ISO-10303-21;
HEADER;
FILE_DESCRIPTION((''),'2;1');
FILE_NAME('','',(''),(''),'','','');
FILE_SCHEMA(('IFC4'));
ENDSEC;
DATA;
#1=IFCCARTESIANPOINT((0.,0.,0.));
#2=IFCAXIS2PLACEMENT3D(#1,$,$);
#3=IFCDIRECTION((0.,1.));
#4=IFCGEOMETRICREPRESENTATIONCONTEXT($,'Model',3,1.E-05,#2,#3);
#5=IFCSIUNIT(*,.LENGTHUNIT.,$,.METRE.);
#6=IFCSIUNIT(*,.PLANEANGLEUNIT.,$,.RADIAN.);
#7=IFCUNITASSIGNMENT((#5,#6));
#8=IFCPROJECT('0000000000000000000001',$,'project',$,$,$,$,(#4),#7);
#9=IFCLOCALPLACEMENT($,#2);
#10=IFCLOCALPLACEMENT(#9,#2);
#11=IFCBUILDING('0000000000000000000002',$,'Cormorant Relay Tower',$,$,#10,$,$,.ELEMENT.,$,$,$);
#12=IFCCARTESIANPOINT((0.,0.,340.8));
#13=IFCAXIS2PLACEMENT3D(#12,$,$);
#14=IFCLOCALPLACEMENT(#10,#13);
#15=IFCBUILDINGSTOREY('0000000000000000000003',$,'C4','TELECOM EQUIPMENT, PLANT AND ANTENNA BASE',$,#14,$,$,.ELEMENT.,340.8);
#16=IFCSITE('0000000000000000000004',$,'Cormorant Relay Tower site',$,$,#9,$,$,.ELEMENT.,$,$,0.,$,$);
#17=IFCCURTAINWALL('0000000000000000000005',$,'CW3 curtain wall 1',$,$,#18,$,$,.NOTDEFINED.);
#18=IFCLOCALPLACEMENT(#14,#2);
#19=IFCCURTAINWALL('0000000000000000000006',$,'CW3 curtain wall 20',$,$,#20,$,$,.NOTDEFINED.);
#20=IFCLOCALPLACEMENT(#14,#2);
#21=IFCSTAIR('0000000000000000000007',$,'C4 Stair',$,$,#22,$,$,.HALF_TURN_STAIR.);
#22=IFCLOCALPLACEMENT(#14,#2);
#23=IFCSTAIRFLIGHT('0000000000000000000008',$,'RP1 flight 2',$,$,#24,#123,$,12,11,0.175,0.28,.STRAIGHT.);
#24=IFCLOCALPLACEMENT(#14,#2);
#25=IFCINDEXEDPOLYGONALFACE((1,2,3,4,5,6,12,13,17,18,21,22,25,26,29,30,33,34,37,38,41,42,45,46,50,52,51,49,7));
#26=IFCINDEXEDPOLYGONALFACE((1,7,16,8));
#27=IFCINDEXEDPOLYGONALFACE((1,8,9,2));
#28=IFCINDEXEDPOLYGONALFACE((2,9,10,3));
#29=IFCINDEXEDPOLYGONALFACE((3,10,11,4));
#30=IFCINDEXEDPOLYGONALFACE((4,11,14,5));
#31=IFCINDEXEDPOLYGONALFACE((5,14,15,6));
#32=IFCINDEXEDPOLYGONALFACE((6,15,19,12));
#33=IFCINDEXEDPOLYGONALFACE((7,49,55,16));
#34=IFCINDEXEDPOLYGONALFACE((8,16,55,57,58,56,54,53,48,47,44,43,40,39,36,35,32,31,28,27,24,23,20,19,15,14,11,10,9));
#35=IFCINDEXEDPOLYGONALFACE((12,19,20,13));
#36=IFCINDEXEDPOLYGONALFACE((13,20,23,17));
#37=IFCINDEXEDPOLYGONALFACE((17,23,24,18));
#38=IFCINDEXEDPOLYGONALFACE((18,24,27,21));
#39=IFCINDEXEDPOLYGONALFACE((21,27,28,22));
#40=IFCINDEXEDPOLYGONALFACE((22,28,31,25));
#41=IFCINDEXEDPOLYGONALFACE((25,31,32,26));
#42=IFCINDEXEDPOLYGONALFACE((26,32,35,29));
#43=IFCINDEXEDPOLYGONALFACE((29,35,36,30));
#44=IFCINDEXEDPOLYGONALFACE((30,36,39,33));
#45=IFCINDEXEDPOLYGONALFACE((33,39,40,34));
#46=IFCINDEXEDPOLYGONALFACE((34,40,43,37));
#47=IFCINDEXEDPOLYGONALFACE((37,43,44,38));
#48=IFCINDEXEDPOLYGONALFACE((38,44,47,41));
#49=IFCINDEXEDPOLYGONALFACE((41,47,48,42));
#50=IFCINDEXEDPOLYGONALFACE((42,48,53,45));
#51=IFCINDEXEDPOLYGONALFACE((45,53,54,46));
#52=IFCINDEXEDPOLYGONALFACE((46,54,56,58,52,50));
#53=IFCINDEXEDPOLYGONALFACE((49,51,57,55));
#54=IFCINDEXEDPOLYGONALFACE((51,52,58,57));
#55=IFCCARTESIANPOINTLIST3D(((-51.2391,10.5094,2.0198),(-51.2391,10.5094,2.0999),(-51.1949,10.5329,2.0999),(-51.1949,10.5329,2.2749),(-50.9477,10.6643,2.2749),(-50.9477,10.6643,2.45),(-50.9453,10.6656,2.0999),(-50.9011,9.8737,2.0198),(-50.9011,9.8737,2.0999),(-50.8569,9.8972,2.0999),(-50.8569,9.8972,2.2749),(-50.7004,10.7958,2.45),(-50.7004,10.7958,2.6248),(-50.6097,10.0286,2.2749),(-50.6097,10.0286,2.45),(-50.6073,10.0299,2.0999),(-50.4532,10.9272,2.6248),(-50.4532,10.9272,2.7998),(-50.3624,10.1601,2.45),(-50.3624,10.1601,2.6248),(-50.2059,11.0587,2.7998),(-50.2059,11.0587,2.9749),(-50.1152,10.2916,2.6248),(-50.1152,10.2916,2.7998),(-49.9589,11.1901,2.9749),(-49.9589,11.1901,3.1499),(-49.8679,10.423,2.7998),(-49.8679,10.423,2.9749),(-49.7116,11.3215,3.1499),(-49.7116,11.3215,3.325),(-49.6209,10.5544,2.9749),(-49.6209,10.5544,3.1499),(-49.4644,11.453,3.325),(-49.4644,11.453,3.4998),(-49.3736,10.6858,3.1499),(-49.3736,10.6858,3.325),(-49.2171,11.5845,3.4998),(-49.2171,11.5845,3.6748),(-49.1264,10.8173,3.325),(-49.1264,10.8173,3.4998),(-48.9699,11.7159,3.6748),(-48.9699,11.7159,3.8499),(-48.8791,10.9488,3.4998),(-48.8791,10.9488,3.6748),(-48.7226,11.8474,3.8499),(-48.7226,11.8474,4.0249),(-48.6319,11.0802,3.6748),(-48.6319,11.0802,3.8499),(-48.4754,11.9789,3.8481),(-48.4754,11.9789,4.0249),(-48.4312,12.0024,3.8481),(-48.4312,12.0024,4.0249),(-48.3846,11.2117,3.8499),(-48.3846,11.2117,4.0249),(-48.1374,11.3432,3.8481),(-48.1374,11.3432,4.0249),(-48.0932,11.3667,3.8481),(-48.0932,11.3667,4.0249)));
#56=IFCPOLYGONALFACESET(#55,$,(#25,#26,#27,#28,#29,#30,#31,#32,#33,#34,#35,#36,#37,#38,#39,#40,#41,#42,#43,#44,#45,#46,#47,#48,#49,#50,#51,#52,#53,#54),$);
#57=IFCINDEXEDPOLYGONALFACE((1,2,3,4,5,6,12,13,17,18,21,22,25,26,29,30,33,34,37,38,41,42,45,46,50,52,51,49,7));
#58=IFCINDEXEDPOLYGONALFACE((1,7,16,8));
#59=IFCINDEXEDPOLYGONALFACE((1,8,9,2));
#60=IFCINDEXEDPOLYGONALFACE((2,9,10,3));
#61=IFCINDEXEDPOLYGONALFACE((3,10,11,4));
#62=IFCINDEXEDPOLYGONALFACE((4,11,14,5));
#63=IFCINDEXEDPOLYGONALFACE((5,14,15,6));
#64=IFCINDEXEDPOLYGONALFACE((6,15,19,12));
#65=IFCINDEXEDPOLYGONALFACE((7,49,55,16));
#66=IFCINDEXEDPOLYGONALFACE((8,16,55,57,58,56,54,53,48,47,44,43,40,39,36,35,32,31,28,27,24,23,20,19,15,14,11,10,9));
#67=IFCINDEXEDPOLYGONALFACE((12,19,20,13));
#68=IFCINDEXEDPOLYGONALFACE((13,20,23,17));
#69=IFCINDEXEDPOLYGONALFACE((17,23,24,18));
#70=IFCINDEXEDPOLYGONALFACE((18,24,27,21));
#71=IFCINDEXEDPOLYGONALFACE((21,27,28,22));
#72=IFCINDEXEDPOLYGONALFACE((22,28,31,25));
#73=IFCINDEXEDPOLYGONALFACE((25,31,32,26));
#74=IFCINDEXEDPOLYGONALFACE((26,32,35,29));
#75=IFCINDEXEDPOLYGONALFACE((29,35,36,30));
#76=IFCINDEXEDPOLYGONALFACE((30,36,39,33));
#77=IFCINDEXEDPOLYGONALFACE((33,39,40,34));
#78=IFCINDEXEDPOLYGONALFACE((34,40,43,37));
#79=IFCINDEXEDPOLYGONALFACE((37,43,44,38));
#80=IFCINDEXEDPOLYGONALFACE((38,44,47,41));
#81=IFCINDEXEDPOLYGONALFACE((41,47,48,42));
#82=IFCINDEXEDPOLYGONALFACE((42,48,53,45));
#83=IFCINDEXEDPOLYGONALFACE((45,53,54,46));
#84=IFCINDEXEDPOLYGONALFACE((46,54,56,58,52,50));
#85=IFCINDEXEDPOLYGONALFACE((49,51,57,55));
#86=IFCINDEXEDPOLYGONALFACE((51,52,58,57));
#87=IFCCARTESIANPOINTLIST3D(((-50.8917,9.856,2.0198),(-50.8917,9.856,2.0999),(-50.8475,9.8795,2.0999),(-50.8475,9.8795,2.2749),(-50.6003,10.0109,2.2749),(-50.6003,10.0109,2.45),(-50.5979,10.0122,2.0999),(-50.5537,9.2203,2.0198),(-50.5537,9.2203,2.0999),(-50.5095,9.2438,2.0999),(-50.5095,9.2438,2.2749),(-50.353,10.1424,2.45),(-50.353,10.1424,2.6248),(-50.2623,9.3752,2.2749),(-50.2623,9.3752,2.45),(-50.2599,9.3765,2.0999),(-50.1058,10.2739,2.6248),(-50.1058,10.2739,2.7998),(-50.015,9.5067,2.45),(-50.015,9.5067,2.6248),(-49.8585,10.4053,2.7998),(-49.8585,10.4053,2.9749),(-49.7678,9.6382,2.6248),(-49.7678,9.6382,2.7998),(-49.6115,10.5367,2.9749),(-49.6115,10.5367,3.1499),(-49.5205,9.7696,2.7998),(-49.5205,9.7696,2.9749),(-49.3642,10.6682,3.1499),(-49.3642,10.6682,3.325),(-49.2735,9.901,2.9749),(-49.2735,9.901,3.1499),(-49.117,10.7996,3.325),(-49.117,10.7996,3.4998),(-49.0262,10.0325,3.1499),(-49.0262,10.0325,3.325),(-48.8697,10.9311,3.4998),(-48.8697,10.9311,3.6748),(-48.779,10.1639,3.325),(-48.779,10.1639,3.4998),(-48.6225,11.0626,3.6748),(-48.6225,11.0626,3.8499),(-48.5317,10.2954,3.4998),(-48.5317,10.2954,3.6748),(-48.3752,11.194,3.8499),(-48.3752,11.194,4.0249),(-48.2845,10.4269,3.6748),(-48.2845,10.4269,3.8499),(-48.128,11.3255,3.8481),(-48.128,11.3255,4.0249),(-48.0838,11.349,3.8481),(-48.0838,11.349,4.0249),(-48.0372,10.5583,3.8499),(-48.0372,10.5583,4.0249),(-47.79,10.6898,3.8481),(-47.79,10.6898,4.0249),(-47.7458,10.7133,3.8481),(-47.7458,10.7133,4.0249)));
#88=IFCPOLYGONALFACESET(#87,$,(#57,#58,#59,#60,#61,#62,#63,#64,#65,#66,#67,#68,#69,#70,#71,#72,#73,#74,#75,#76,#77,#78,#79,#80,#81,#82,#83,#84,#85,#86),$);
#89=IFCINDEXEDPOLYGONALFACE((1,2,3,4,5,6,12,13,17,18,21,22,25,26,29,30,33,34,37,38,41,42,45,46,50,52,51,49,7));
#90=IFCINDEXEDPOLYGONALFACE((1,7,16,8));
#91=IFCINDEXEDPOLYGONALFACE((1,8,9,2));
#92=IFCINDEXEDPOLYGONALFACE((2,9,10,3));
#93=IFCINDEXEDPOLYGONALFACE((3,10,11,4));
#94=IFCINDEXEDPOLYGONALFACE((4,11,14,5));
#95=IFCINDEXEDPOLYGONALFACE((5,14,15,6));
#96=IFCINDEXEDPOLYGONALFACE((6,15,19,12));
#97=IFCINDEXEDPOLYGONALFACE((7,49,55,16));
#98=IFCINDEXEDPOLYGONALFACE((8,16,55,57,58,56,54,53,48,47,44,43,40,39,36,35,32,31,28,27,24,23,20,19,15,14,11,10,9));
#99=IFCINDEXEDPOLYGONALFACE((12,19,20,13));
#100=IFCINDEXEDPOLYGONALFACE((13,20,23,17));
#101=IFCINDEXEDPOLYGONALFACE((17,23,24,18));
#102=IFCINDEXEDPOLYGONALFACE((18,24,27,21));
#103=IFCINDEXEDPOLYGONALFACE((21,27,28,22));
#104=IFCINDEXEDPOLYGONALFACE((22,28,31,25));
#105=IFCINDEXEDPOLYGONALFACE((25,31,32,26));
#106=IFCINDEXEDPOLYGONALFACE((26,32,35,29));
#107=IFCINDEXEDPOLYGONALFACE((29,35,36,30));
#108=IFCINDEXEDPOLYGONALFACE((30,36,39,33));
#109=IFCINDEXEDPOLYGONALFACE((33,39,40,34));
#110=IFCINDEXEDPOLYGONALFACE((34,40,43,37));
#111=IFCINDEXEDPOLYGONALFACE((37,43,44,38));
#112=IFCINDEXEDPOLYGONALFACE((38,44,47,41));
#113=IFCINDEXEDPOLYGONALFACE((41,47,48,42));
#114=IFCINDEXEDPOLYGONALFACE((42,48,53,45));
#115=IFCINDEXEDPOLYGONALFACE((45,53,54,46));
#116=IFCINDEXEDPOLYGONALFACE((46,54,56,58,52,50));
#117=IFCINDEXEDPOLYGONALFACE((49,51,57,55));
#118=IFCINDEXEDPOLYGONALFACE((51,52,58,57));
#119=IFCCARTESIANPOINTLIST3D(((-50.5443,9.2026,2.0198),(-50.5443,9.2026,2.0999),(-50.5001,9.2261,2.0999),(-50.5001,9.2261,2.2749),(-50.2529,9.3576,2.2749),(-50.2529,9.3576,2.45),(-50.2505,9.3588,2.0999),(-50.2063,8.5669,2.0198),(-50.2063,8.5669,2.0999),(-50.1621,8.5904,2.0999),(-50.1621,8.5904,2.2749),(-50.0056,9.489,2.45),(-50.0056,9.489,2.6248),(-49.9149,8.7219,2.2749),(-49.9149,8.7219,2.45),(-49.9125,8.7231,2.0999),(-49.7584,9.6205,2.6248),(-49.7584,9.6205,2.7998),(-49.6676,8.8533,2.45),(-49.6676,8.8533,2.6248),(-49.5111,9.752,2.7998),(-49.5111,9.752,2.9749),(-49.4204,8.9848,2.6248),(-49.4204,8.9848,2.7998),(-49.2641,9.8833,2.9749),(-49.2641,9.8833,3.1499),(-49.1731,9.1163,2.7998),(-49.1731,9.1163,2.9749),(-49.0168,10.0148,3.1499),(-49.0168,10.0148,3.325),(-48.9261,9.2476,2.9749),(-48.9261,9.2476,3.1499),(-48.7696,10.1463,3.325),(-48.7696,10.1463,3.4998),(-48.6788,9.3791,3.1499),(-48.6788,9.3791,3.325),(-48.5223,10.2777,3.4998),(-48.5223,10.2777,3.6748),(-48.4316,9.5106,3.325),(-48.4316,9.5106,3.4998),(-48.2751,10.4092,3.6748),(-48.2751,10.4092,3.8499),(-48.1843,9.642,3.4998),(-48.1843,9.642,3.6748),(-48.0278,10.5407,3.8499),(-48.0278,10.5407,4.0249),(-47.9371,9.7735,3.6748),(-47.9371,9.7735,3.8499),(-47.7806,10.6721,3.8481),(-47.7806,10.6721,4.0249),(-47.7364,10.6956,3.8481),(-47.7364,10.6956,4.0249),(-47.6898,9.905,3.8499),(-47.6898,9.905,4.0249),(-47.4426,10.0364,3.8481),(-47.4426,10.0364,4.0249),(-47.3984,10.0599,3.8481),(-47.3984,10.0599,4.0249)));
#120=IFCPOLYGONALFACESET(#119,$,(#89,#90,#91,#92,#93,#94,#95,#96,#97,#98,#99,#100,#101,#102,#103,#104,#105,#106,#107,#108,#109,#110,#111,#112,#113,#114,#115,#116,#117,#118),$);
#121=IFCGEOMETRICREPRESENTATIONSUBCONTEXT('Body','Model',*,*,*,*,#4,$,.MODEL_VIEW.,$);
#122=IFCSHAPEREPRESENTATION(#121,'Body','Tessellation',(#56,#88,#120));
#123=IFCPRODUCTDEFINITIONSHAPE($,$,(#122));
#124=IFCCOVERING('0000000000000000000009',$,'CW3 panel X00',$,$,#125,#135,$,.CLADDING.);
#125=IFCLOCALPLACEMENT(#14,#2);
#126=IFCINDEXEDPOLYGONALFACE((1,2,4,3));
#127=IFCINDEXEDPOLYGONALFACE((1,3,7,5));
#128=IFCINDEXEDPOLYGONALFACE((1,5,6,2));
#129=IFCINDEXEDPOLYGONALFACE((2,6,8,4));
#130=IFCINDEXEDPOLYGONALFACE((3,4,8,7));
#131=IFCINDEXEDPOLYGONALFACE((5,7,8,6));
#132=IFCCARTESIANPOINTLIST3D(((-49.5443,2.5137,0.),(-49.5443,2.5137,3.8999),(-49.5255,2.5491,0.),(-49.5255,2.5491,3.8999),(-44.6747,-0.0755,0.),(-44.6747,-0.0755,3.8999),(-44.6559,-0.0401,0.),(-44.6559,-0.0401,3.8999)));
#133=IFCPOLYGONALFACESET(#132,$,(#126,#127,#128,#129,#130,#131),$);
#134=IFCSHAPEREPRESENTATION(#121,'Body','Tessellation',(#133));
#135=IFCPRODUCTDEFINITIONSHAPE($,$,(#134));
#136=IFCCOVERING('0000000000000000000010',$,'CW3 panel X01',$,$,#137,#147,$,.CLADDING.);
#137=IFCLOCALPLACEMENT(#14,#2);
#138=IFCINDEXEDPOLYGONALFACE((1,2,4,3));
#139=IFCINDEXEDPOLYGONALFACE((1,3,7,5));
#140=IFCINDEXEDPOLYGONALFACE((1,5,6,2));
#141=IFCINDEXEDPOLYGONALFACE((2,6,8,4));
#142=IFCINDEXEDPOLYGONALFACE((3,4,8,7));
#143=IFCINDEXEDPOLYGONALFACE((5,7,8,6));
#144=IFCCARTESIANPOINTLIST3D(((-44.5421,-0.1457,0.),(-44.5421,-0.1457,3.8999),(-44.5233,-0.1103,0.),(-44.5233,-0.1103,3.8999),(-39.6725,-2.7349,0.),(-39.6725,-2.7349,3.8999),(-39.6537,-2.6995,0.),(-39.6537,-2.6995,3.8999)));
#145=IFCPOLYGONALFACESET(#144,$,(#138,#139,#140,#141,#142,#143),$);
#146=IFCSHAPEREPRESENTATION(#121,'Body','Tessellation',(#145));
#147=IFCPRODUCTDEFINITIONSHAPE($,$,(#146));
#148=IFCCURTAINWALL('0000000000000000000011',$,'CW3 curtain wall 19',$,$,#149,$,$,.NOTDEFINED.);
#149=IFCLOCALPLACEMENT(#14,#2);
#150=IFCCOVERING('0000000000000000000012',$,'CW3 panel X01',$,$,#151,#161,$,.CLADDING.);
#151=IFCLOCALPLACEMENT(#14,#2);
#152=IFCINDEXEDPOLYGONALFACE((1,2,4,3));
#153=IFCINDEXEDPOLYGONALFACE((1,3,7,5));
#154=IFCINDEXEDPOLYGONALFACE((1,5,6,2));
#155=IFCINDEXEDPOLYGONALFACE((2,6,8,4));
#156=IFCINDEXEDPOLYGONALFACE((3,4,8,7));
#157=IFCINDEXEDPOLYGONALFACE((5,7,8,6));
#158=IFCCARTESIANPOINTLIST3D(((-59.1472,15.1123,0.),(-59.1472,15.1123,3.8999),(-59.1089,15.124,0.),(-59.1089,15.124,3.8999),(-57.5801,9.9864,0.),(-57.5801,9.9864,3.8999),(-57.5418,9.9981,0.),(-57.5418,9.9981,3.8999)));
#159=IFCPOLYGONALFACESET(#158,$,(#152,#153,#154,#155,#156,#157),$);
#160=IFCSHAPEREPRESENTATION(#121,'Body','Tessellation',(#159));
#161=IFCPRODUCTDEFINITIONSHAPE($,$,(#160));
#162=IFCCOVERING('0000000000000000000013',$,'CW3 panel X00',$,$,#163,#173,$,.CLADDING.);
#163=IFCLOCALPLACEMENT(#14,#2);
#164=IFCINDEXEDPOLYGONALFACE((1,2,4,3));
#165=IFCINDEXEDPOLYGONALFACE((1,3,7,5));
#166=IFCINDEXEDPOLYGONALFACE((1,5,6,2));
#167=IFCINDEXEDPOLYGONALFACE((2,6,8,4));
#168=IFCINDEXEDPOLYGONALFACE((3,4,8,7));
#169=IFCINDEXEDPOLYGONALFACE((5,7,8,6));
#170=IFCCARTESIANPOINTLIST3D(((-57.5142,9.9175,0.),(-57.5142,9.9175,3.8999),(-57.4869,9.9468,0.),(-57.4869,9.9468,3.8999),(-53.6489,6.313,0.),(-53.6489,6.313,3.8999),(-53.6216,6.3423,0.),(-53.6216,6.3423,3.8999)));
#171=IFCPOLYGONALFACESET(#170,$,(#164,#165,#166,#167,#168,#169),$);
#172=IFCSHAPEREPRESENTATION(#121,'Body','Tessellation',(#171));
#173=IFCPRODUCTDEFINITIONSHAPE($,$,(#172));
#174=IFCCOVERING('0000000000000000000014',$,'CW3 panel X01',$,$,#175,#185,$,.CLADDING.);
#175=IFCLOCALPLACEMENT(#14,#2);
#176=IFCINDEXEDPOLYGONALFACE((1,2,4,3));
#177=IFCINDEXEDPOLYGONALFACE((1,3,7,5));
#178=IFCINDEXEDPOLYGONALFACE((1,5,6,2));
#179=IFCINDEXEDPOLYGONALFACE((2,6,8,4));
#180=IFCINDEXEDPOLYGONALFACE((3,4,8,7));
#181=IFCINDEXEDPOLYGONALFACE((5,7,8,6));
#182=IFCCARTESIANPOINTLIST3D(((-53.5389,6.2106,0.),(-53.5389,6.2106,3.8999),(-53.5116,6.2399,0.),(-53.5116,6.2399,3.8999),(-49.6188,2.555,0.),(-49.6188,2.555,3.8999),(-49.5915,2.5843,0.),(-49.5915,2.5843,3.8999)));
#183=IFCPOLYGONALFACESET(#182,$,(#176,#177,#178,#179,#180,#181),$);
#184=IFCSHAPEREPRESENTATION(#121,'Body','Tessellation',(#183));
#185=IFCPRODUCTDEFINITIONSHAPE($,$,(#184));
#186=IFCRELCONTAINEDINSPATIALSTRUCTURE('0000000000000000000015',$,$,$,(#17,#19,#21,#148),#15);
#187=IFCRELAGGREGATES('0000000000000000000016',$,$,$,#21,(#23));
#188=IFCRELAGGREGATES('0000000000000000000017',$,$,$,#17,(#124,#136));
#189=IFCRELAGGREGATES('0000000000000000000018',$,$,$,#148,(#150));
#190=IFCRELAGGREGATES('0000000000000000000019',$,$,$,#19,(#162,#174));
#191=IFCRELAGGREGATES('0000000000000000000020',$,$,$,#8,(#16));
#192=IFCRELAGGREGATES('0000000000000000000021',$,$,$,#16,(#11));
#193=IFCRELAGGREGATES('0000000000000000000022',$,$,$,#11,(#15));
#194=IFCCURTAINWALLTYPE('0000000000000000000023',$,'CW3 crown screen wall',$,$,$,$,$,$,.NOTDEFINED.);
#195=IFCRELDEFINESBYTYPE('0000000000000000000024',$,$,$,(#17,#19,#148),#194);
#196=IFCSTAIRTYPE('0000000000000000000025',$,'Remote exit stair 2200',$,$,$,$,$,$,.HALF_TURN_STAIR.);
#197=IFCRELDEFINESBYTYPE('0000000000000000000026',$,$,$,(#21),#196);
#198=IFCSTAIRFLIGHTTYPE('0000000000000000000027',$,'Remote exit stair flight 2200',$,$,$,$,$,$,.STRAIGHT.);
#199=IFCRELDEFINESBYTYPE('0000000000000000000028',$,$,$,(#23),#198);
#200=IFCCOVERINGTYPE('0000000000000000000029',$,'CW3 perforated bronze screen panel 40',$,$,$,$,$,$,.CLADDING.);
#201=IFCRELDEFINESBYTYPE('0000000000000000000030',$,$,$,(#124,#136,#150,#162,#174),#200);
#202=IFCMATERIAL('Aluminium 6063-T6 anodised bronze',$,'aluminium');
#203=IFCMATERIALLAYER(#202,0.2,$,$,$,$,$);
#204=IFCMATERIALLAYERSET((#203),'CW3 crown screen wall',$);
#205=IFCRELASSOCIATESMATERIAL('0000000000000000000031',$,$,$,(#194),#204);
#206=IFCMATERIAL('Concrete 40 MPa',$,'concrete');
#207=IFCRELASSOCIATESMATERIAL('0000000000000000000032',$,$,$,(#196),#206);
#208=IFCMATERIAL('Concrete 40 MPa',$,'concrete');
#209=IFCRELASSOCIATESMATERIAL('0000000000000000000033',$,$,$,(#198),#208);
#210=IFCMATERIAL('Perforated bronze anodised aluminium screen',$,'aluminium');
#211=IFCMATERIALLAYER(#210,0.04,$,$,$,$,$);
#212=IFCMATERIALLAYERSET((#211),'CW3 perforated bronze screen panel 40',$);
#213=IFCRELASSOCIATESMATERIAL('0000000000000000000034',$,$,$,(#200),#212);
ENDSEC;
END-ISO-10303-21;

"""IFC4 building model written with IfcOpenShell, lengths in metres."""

from ifc_helpers import new_model, si_unit, direction, frame, origin, origin_2d, place, context, subcontext, project, spatial, polyline, rectangle, outline, extrude, material, layer, layer_set, type_object, element, aggregate, save


model = new_model("IFC4")

# Units and contexts
model_context = context("Model", 3, precision=1e-05, world=origin(), true_north=direction((0.0, 1.0)))
body_context = subcontext(model_context, "Body", "Model", "MODEL_VIEW")
ifc_project = project(units=[si_unit("LENGTHUNIT", "METRE"), si_unit("PLANEANGLEUNIT", "RADIAN")], contexts=[model_context])

# Site, building, storey
site_placement = place(None, origin())
site = spatial("IfcSite", under=ifc_project, at=site_placement, Name="Cormorant Relay Tower site", CompositionType="ELEMENT", RefElevation=0.0)
building_placement = place(site_placement, origin())
building = spatial("IfcBuilding", under=site, at=building_placement, Name="Cormorant Relay Tower", CompositionType="ELEMENT")
storey_placement = place(building_placement, frame((0.0, 0.0, 340.8)))
storey = spatial("IfcBuildingStorey", under=building, at=storey_placement, Name="C4", Description="TELECOM EQUIPMENT, PLANT AND ANTENNA BASE", CompositionType="ELEMENT", Elevation=340.8)

# Curtain walls
ifc_material_1 = material(Name="Aluminium 6063-T6 anodised bronze", Category="aluminium")
ifc_layer_1 = layer(ifc_material_1, 0.2)
ifc_layer_set_1 = layer_set([ifc_layer_1], Name="CW3 crown screen wall")
curtain_wall_type = type_object("IfcCurtainWallType", Name="CW3 crown screen wall", PredefinedType="NOTDEFINED", material=ifc_layer_set_1)
curtain_wall_1_placement = place(storey_placement, origin())
curtain_wall_1 = element("IfcCurtainWall", 1, at=curtain_wall_1_placement, inside=storey, type_object=curtain_wall_type, Name="CW3 curtain wall 1", PredefinedType="NOTDEFINED")
curtain_wall_2_placement = place(storey_placement, origin())
curtain_wall_2 = element("IfcCurtainWall", 2, at=curtain_wall_2_placement, inside=storey, type_object=curtain_wall_type, Name="CW3 curtain wall 20", PredefinedType="NOTDEFINED")

# Stair, stair flight
ifc_material_2 = material(Name="Concrete 40 MPa", Category="concrete")
stair_type_1 = type_object("IfcStairType", Name="Remote exit stair 2200", PredefinedType="HALF_TURN_STAIR", material=ifc_material_2)
stair_1_placement = place(storey_placement, origin())
stair_1 = element("IfcStair", 3, at=stair_1_placement, inside=storey, type_object=stair_type_1, Name="C4 Stair", PredefinedType="HALF_TURN_STAIR")
ifc_material_3 = material(Name="Concrete 40 MPa", Category="concrete")
stair_flight_type_1 = type_object("IfcStairFlightType", Name="Remote exit stair flight 2200", PredefinedType="STRAIGHT", material=ifc_material_3)
stair_flight_1_placement = place(storey_placement, frame((-50.6785, 9.5615, 2.0999), z_axis=(0.0, 0.0, 1.0), x_axis=(0.882948, 0.469472, 0.0)))
stair_flight_1 = element("IfcStairFlight", 4, at=stair_flight_1_placement, type_object=stair_flight_type_1, Name="RP1 flight 2", NumberOfRisers=12, NumberOfTreads=11, PredefinedType="STRAIGHT", RiserHeight=0.175, TreadLength=0.28, context=body_context, shape_type="SweptSolid", body=[
    extrude(outline(polyline([(-0.05, -0.0801), (-0.05, 0.0), (0.0, 0.0), (0.0, 0.175), (0.28, 0.175), (0.28, 0.3501), (0.5601, 0.3501), (0.5601, 0.5249), (0.8401, 0.5249), (0.8401, 0.7), (1.1201, 0.7), (1.1201, 0.875), (1.3999, 0.875), (1.3999, 1.05), (1.6799, 1.05), (1.6799, 1.2251), (1.96, 1.2251), (1.96, 1.3999), (2.24, 1.3999), (2.24, 1.575), (2.52, 1.575), (2.52, 1.75), (2.8, 1.75), (2.8, 1.925), (3.0801, 1.925), (3.1301, 1.925), (3.1301, 1.7483), (3.0801, 1.7483), (0.2827, 0.0), (-0.05, -0.0801)])), frame((0.0, 1.1001, 0.0), z_axis=(0.0, -1.0, 0.0), x_axis=(1.0, 0.0, 0.0)), (0.0, 0.0, 1.0), 0.72),
    extrude(outline(polyline([(-0.05, -0.0801), (-0.05, 0.0), (0.0, 0.0), (0.0, 0.175), (0.28, 0.175), (0.28, 0.3501), (0.5601, 0.3501), (0.5601, 0.5249), (0.8401, 0.5249), (0.8401, 0.7), (1.1201, 0.7), (1.1201, 0.875), (1.3999, 0.875), (1.3999, 1.05), (1.6799, 1.05), (1.6799, 1.2251), (1.96, 1.2251), (1.96, 1.3999), (2.24, 1.3999), (2.24, 1.575), (2.52, 1.575), (2.52, 1.75), (2.8, 1.75), (2.8, 1.925), (3.0801, 1.925), (3.1301, 1.925), (3.1301, 1.7483), (3.0801, 1.7483), (0.2827, 0.0), (-0.05, -0.0801)])), frame((0.0, 0.3601, 0.0), z_axis=(0.0, -1.0, 0.0), x_axis=(1.0, 0.0, 0.0)), (0.0, 0.0, 1.0), 0.72),
    extrude(outline(polyline([(-0.05, -0.0801), (-0.05, 0.0), (0.0, 0.0), (0.0, 0.175), (0.28, 0.175), (0.28, 0.3501), (0.5601, 0.3501), (0.5601, 0.5249), (0.8401, 0.5249), (0.8401, 0.7), (1.1201, 0.7), (1.1201, 0.875), (1.3999, 0.875), (1.3999, 1.05), (1.6799, 1.05), (1.6799, 1.2251), (1.96, 1.2251), (1.96, 1.3999), (2.24, 1.3999), (2.24, 1.575), (2.52, 1.575), (2.52, 1.75), (2.8, 1.75), (2.8, 1.925), (3.0801, 1.925), (3.1301, 1.925), (3.1301, 1.7483), (3.0801, 1.7483), (0.2827, 0.0), (-0.05, -0.0801)])), frame((0.0, -0.3799, 0.0), z_axis=(0.0, -1.0, 0.0), x_axis=(1.0, 0.0, 0.0)), (0.0, 0.0, 1.0), 0.72),
])
aggregate(stair_1, [stair_flight_1])

# Coverings
ifc_material_4 = material(Name="Perforated bronze anodised aluminium screen", Category="aluminium")
ifc_layer_2 = layer(ifc_material_4, 0.04)
ifc_layer_set_2 = layer_set([ifc_layer_2], Name="CW3 perforated bronze screen panel 40")
covering_type = type_object("IfcCoveringType", Name="CW3 perforated bronze screen panel 40", PredefinedType="CLADDING", material=ifc_layer_set_2)
covering_1_placement = place(storey_placement, frame((-47.1001, 1.2368, 0.0), z_axis=(0.0, 0.0, 1.0), x_axis=(0.882948, -0.469472, 0.0)))
covering_1 = element("IfcCovering", 5, at=covering_1_placement, type_object=covering_type, Name="CW3 panel X00", PredefinedType="CLADDING", context=body_context, shape_type="SweptSolid", body=[
    extrude(rectangle(XDim=5.5151, YDim=0.04, at=origin_2d()), origin(), (0.0, 0.0, 1.0), 3.8999),
])
covering_2_placement = place(storey_placement, frame((-42.0979, -1.4226, 0.0), z_axis=(0.0, 0.0, 1.0), x_axis=(0.882948, -0.469472, 0.0)))
covering_2 = element("IfcCovering", 6, at=covering_2_placement, type_object=covering_type, Name="CW3 panel X01", PredefinedType="CLADDING", context=body_context, shape_type="SweptSolid", body=[
    extrude(rectangle(XDim=5.5151, YDim=0.04, at=origin_2d()), origin(), (0.0, 0.0, 1.0), 3.8999),
])
aggregate(curtain_wall_1, [covering_1, covering_2])

# Curtain wall, covering
curtain_wall_3_placement = place(storey_placement, origin())
curtain_wall_3 = element("IfcCurtainWall", 7, at=curtain_wall_3_placement, inside=storey, type_object=curtain_wall_type, Name="CW3 curtain wall 19", PredefinedType="NOTDEFINED")
covering_3_placement = place(storey_placement, frame((-58.3445, 12.5552, 0.0), z_axis=(0.0, 0.0, 1.0), x_axis=(0.292372, -0.956305, 0.0)))
covering_3 = element("IfcCovering", 8, at=covering_3_placement, type_object=covering_type, Name="CW3 panel X01", PredefinedType="CLADDING", context=body_context, shape_type="SweptSolid", body=[
    extrude(rectangle(XDim=5.3601, YDim=0.04, at=origin_2d()), origin(), (0.0, 0.0, 1.0), 3.8999),
])
aggregate(curtain_wall_3, [covering_3])

# Coverings
covering_4_placement = place(storey_placement, frame((-55.5679, 8.1299, 0.0), z_axis=(0.0, 0.0, 1.0), x_axis=(0.731354, -0.681998, 0.0)))
covering_4 = element("IfcCovering", 9, at=covering_4_placement, type_object=covering_type, Name="CW3 panel X00", PredefinedType="CLADDING", context=body_context, shape_type="SweptSolid", body=[
    extrude(rectangle(XDim=5.2852, YDim=0.04, at=origin_2d()), origin(), (0.0, 0.0, 1.0), 3.8999),
])
covering_5_placement = place(storey_placement, frame((-51.5652, 4.3975, 0.0), z_axis=(0.0, 0.0, 1.0), x_axis=(0.731354, -0.681998, 0.0)))
covering_5 = element("IfcCovering", 10, at=covering_5_placement, type_object=covering_type, Name="CW3 panel X01", PredefinedType="CLADDING", context=body_context, shape_type="SweptSolid", body=[
    extrude(rectangle(XDim=5.3601, YDim=0.04, at=origin_2d()), origin(), (0.0, 0.0, 1.0), 3.8999),
])
aggregate(curtain_wall_2, [covering_4, covering_5])

save(model, "model.ifc")
